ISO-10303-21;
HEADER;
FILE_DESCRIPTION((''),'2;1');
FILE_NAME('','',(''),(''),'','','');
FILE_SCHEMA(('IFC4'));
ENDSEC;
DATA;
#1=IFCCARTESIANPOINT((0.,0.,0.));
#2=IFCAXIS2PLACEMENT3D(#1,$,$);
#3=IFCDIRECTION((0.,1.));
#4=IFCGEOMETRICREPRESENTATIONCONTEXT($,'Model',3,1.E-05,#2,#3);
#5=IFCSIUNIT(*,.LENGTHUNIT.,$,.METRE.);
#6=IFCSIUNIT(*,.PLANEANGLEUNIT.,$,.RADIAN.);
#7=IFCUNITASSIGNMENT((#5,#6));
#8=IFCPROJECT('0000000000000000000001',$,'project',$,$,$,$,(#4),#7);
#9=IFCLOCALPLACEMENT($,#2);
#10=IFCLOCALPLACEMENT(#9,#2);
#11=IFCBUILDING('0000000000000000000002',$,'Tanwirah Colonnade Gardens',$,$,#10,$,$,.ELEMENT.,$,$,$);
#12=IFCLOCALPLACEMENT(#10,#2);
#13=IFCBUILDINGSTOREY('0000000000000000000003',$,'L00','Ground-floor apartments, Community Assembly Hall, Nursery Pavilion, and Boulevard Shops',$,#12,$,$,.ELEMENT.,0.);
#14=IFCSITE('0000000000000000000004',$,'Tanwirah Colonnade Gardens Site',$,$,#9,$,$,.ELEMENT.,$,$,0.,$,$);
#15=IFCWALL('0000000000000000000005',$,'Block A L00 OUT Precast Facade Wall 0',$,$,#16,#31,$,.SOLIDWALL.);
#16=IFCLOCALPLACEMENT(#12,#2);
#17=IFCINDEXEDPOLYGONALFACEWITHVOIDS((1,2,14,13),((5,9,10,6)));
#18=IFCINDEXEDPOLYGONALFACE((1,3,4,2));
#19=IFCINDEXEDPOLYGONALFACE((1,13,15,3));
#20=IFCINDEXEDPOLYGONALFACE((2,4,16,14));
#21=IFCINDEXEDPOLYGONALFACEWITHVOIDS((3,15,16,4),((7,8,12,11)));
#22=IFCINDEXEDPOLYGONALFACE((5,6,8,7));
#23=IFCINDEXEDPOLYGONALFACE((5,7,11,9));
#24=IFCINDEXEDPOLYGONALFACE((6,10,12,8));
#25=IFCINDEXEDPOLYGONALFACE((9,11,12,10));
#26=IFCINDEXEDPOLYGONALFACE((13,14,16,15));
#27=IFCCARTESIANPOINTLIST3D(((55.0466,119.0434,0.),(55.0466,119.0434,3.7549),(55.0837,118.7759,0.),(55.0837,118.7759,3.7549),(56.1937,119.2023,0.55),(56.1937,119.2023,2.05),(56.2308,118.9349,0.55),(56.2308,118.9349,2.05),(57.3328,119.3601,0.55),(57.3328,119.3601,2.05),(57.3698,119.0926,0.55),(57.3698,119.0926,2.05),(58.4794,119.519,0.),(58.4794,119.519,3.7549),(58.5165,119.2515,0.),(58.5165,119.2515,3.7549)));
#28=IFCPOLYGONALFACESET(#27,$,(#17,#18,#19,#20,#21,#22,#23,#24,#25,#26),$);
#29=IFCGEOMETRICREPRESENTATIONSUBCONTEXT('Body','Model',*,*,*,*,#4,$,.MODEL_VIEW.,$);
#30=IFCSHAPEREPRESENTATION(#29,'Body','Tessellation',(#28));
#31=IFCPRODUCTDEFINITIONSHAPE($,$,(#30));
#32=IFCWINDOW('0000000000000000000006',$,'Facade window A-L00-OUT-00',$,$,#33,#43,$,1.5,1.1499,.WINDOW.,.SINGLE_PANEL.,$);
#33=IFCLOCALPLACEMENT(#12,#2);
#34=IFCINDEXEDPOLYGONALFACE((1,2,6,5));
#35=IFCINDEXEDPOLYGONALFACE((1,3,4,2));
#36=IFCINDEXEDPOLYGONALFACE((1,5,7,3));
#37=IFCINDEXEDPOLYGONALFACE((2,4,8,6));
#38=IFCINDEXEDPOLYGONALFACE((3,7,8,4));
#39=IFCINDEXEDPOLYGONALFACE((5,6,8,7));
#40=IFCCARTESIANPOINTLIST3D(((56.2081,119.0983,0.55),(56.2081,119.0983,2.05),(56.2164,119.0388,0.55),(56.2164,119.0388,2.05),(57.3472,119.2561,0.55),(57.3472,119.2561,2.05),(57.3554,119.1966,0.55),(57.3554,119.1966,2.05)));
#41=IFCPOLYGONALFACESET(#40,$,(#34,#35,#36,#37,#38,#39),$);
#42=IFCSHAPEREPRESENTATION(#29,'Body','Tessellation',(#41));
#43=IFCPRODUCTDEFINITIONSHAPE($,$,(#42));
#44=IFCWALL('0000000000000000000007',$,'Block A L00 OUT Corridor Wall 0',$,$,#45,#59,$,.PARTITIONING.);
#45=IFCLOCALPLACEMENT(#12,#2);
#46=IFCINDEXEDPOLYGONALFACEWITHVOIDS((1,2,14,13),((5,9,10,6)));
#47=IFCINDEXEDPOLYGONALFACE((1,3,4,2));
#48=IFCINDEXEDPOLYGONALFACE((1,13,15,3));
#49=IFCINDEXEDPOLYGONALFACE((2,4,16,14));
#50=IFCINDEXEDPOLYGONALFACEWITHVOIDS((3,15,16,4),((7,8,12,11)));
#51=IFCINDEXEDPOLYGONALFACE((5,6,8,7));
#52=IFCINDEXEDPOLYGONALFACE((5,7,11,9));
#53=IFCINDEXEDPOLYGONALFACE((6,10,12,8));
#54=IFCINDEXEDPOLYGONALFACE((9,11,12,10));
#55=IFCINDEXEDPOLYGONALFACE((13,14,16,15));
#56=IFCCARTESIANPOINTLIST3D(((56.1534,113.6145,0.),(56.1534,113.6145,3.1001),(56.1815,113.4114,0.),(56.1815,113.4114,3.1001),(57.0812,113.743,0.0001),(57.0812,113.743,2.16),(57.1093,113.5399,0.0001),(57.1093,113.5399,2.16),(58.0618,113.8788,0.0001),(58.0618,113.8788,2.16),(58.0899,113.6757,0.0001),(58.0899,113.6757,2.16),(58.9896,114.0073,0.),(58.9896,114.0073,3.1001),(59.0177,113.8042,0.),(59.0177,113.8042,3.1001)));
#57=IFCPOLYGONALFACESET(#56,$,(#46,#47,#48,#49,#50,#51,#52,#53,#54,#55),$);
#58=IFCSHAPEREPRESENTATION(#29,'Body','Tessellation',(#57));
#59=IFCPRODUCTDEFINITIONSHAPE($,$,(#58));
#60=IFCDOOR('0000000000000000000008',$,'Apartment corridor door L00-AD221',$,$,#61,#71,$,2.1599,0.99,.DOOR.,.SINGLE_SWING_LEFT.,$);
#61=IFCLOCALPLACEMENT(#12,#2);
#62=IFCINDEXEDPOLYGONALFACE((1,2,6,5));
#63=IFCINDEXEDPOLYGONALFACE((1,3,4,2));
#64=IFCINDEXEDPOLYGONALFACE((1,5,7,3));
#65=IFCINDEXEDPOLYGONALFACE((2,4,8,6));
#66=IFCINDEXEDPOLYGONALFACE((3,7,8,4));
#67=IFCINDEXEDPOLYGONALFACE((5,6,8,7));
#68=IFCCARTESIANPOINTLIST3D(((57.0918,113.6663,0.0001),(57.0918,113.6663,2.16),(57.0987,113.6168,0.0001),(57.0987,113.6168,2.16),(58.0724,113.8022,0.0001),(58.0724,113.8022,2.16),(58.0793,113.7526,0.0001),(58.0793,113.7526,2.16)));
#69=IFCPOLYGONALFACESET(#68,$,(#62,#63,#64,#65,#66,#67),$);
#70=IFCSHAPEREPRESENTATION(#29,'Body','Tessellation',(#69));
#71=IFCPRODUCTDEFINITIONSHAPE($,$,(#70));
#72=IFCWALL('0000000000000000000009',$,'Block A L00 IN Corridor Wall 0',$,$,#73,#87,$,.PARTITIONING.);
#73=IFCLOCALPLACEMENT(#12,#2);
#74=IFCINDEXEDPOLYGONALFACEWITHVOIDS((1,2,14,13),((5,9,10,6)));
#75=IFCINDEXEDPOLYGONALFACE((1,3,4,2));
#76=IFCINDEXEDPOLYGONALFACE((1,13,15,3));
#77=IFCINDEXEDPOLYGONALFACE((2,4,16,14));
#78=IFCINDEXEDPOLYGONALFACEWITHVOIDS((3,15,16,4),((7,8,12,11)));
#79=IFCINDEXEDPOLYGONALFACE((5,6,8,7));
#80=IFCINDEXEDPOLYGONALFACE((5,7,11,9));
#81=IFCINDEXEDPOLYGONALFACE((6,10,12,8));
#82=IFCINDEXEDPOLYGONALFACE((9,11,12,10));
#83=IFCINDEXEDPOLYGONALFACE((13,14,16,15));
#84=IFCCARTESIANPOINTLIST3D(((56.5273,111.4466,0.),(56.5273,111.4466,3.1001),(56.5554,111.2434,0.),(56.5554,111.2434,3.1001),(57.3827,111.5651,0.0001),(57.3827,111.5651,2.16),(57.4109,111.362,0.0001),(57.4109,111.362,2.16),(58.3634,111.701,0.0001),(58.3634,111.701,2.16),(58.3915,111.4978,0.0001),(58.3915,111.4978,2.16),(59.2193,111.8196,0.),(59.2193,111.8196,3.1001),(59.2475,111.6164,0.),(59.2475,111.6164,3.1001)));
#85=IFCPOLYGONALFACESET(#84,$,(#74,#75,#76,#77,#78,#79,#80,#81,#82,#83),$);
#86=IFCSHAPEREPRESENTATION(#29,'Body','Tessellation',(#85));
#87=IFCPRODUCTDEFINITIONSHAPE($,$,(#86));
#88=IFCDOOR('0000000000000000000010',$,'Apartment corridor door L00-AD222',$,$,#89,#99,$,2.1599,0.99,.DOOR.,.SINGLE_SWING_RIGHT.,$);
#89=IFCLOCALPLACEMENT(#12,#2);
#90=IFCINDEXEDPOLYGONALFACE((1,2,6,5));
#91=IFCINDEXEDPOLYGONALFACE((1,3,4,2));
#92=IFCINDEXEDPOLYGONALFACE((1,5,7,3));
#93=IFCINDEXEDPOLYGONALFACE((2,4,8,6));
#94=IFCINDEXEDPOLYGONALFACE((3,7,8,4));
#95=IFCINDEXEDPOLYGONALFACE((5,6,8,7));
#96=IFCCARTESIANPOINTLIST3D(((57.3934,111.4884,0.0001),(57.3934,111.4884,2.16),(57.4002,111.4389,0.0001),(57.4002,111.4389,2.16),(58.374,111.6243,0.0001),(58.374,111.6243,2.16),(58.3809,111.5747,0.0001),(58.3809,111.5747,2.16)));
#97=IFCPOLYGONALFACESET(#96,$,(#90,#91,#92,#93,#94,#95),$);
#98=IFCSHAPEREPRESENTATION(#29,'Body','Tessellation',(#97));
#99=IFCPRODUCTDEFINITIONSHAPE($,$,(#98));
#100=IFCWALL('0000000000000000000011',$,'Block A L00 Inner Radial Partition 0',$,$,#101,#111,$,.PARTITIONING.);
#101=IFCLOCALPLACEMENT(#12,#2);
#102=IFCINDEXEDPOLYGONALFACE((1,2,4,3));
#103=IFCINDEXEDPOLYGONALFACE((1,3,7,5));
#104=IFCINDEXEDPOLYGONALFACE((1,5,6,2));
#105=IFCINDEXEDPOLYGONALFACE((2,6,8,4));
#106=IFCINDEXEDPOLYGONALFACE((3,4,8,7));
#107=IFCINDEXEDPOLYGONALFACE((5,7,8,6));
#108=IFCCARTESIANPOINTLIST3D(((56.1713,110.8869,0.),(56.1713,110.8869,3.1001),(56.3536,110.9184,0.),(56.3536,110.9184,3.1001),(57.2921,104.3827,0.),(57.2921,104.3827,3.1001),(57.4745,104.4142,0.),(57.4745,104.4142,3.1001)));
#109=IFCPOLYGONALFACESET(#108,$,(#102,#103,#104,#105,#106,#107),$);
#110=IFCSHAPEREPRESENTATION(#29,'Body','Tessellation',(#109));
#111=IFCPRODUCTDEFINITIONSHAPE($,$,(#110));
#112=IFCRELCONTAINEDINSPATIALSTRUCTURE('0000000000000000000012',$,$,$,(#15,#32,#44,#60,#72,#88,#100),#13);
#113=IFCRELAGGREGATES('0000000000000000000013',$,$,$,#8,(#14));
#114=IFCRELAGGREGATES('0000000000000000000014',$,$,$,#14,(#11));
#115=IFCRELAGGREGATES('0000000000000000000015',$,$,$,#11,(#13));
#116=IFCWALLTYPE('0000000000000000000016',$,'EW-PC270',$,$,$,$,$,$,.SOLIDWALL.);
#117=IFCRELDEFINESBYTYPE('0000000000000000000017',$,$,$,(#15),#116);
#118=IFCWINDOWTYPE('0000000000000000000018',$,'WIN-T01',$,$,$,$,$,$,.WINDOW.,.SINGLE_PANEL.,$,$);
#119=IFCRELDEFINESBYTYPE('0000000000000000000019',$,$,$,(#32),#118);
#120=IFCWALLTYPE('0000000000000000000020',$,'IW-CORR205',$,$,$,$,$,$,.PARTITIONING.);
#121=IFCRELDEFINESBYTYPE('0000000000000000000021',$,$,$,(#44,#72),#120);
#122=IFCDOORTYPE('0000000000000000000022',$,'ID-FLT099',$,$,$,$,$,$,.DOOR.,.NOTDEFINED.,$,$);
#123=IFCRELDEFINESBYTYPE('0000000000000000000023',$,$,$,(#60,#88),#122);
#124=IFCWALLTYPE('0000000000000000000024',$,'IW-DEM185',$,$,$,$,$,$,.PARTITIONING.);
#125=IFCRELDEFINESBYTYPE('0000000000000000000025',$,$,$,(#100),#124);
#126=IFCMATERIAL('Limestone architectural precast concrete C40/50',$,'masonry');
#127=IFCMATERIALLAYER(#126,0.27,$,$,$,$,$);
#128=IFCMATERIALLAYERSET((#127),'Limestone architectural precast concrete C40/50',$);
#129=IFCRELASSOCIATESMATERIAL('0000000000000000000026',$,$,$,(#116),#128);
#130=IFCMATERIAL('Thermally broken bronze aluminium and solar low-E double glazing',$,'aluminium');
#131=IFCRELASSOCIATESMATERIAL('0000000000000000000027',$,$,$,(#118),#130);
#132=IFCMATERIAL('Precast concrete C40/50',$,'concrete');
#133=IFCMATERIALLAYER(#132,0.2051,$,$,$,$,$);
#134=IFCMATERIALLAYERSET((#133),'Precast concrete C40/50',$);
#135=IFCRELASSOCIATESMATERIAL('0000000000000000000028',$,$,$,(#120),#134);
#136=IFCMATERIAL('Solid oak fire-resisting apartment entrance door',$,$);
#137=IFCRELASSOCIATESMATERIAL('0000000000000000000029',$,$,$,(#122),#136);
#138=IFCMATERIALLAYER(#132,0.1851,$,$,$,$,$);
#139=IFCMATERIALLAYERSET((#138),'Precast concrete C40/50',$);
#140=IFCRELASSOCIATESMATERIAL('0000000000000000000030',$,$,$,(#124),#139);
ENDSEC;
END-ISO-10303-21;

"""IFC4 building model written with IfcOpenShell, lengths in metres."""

from ifc_helpers import new_model, si_unit, direction, frame, frame_2d, origin, place, context, subcontext, project, spatial, rectangle, extrude, material, layer, layer_set, type_object, element, fill, save


model = new_model("IFC4")

# Units and contexts
model_context = context("Model", 3, precision=1e-05, world=origin(), true_north=direction((0.0, 1.0)))
body_context = subcontext(model_context, "Body", "Model", "MODEL_VIEW")
ifc_project = project(units=[si_unit("LENGTHUNIT", "METRE"), si_unit("PLANEANGLEUNIT", "RADIAN")], contexts=[model_context])

# Site, building, storey
site_placement = place(None, origin())
site = spatial("IfcSite", under=ifc_project, at=site_placement, Name="Tanwirah Colonnade Gardens Site", CompositionType="ELEMENT", RefElevation=0.0)
building_placement = place(site_placement, origin())
building = spatial("IfcBuilding", under=site, at=building_placement, Name="Tanwirah Colonnade Gardens", CompositionType="ELEMENT")
storey_placement = place(building_placement, origin())
storey = spatial("IfcBuildingStorey", under=building, at=storey_placement, Name="L00", Description="Ground-floor apartments, Community Assembly Hall, Nursery Pavilion, and Boulevard Shops", CompositionType="ELEMENT", Elevation=0.0)

# Shared definitions
ifc_material_1 = material(Name="Precast concrete C40/50", Category="concrete")

# Wall, opening, window
ifc_material_2 = material(Name="Limestone architectural precast concrete C40/50", Category="masonry")
ifc_layer_1 = layer(ifc_material_2, 0.27)
ifc_layer_set_1 = layer_set([ifc_layer_1], Name="Limestone architectural precast concrete C40/50")
wall_type_1 = type_object("IfcWallType", Name="EW-PC270", PredefinedType="SOLIDWALL", material=ifc_layer_set_1)
wall_1_placement = place(storey_placement, frame((58.498, 119.3853, 0.0), z_axis=(0.0, 0.0, 1.0), x_axis=(-0.990539, -0.137229, 0.0)))
wall_1 = element("IfcWall", 1, at=wall_1_placement, inside=storey, type_object=wall_type_1, Name="Block A L00 OUT Precast Facade Wall 0", PredefinedType="SOLIDWALL", context=body_context, shape_type="SweptSolid", body=[
    extrude(rectangle(XDim=3.4656, YDim=0.27, at=frame_2d((1.7329, 0.0))), origin(), (0.0, 0.0, 1.0), 3.7549),
])
opening_1_placement = place(wall_1_placement, frame((1.1577, 0.0, 0.55)))
opening_1 = element("IfcOpeningElement", 2, at=opening_1_placement, cuts=wall_1, PredefinedType="OPENING", context=body_context, shape_type="SweptSolid", body=[
    extrude(rectangle(XDim=1.1499, YDim=1.5, at=frame_2d((0.575, 0.75))), frame((0.0, 0.145, 0.0), z_axis=(0.0, -1.0, 0.0), x_axis=(1.0, 0.0, 0.0)), (0.0, 0.0, 1.0), 0.29),
])
ifc_material_3 = material(Name="Thermally broken bronze aluminium and solar low-E double glazing", Category="aluminium")
window_type = type_object("IfcWindowType", Name="WIN-T01", PartitioningType="SINGLE_PANEL", PredefinedType="WINDOW", material=ifc_material_3)
window_placement = place(opening_1_placement, origin())
window = element("IfcWindow", 3, at=window_placement, inside=storey, type_object=window_type, Name="Facade window A-L00-OUT-00", OverallHeight=1.5, OverallWidth=1.1499, PartitioningType="SINGLE_PANEL", PredefinedType="WINDOW", context=body_context, shape_type="SweptSolid", body=[
    extrude(rectangle(XDim=1.1499, YDim=1.5, at=frame_2d((0.575, 0.75))), frame((0.0, 0.03, 0.0), z_axis=(0.0, -1.0, 0.0), x_axis=(1.0, 0.0, 0.0)), (0.0, 0.0, 1.0), 0.0601),
])
fill(opening_1, window)

# Walls, openings, doors
ifc_layer_2 = layer(ifc_material_1, 0.2051)
ifc_layer_set_2 = layer_set([ifc_layer_2], Name="Precast concrete C40/50")
wall_type_2 = type_object("IfcWallType", Name="IW-CORR205", PredefinedType="PARTITIONING", material=ifc_layer_set_2)
wall_2_placement = place(storey_placement, frame((59.0037, 113.9058, 0.0), z_axis=(0.0, 0.0, 1.0), x_axis=(-0.990544, -0.137194, 0.0)))
wall_2 = element("IfcWall", 4, at=wall_2_placement, inside=storey, type_object=wall_type_2, Name="Block A L00 OUT Corridor Wall 0", PredefinedType="PARTITIONING", context=body_context, shape_type="SweptSolid", body=[
    extrude(rectangle(XDim=2.8633, YDim=0.2051, at=frame_2d((1.4316, 0.0))), origin(), (0.0, 0.0, 1.0), 3.1001),
])
opening_2_placement = place(wall_2_placement, frame((0.9365, 0.0, 0.0)))
opening_2 = element("IfcOpeningElement", 5, at=opening_2_placement, cuts=wall_2, PredefinedType="OPENING", context=body_context, shape_type="SweptSolid", body=[
    extrude(rectangle(XDim=0.99, YDim=2.1599, at=frame_2d((0.4951, 1.0801))), frame((0.0, 0.1125, 0.0), z_axis=(0.0, -1.0, 0.0), x_axis=(1.0, 0.0, 0.0)), (0.0, 0.0, 1.0), 0.2251),
])
ifc_material_4 = material(Name="Solid oak fire-resisting apartment entrance door")
door_type_1 = type_object("IfcDoorType", Name="ID-FLT099", OperationType="NOTDEFINED", PredefinedType="DOOR", material=ifc_material_4)
door_1_placement = place(opening_2_placement, origin())
door_1 = element("IfcDoor", 6, at=door_1_placement, inside=storey, type_object=door_type_1, Name="Apartment corridor door L00-AD221", OperationType="SINGLE_SWING_LEFT", OverallHeight=2.1599, OverallWidth=0.99, PredefinedType="DOOR", context=body_context, shape_type="SweptSolid", body=[
    extrude(rectangle(XDim=0.99, YDim=2.1599, at=frame_2d((0.4951, 1.0801))), frame((0.0, 0.0249, 0.0), z_axis=(0.0, -1.0, 0.0), x_axis=(1.0, 0.0, 0.0)), (0.0, 0.0, 1.0), 0.05),
])
fill(opening_2, door_1)
wall_3_placement = place(storey_placement, frame((59.2334, 111.718, 0.0), z_axis=(0.0, 0.0, 1.0), x_axis=(-0.990535, -0.137257, 0.0)))
wall_3 = element("IfcWall", 7, at=wall_3_placement, inside=storey, type_object=wall_type_2, Name="Block A L00 IN Corridor Wall 0", PredefinedType="PARTITIONING", context=body_context, shape_type="SweptSolid", body=[
    extrude(rectangle(XDim=2.7178, YDim=0.2051, at=frame_2d((1.3589, 0.0))), origin(), (0.0, 0.0, 1.0), 3.1001),
])
opening_3_placement = place(wall_3_placement, frame((0.864, 0.0, 0.0)))
opening_3 = element("IfcOpeningElement", 8, at=opening_3_placement, cuts=wall_3, PredefinedType="OPENING", context=body_context, shape_type="SweptSolid", body=[
    extrude(rectangle(XDim=0.99, YDim=2.1599, at=frame_2d((0.4951, 1.0801))), frame((0.0, 0.1125, 0.0), z_axis=(0.0, -1.0, 0.0), x_axis=(1.0, 0.0, 0.0)), (0.0, 0.0, 1.0), 0.2251),
])
door_2_placement = place(opening_3_placement, origin())
door_2 = element("IfcDoor", 9, at=door_2_placement, inside=storey, type_object=door_type_1, Name="Apartment corridor door L00-AD222", OperationType="SINGLE_SWING_RIGHT", OverallHeight=2.1599, OverallWidth=0.99, PredefinedType="DOOR", context=body_context, shape_type="SweptSolid", body=[
    extrude(rectangle(XDim=0.99, YDim=2.1599, at=frame_2d((0.4951, 1.0801))), frame((0.0, 0.0249, 0.0), z_axis=(0.0, -1.0, 0.0), x_axis=(1.0, 0.0, 0.0)), (0.0, 0.0, 1.0), 0.05),
])
fill(opening_3, door_2)

# Wall
ifc_layer_3 = layer(ifc_material_1, 0.1851)
ifc_layer_set_3 = layer_set([ifc_layer_3], Name="Precast concrete C40/50")
wall_type_3 = type_object("IfcWallType", Name="IW-DEM185", PredefinedType="PARTITIONING", material=ifc_layer_set_3)
wall_4_placement = place(storey_placement, frame((57.3833, 104.3984, 0.0), z_axis=(0.0, 0.0, 1.0), x_axis=(-0.169825, 0.985474, 0.0)))
element("IfcWall", 10, at=wall_4_placement, inside=storey, type_object=wall_type_3, Name="Block A L00 Inner Radial Partition 0", PredefinedType="PARTITIONING", context=body_context, shape_type="SweptSolid", body=[
    extrude(rectangle(XDim=6.6001, YDim=0.1851, at=frame_2d((3.3, 0.0))), origin(), (0.0, 0.0, 1.0), 3.1001),
])

save(model, "model.ifc")
